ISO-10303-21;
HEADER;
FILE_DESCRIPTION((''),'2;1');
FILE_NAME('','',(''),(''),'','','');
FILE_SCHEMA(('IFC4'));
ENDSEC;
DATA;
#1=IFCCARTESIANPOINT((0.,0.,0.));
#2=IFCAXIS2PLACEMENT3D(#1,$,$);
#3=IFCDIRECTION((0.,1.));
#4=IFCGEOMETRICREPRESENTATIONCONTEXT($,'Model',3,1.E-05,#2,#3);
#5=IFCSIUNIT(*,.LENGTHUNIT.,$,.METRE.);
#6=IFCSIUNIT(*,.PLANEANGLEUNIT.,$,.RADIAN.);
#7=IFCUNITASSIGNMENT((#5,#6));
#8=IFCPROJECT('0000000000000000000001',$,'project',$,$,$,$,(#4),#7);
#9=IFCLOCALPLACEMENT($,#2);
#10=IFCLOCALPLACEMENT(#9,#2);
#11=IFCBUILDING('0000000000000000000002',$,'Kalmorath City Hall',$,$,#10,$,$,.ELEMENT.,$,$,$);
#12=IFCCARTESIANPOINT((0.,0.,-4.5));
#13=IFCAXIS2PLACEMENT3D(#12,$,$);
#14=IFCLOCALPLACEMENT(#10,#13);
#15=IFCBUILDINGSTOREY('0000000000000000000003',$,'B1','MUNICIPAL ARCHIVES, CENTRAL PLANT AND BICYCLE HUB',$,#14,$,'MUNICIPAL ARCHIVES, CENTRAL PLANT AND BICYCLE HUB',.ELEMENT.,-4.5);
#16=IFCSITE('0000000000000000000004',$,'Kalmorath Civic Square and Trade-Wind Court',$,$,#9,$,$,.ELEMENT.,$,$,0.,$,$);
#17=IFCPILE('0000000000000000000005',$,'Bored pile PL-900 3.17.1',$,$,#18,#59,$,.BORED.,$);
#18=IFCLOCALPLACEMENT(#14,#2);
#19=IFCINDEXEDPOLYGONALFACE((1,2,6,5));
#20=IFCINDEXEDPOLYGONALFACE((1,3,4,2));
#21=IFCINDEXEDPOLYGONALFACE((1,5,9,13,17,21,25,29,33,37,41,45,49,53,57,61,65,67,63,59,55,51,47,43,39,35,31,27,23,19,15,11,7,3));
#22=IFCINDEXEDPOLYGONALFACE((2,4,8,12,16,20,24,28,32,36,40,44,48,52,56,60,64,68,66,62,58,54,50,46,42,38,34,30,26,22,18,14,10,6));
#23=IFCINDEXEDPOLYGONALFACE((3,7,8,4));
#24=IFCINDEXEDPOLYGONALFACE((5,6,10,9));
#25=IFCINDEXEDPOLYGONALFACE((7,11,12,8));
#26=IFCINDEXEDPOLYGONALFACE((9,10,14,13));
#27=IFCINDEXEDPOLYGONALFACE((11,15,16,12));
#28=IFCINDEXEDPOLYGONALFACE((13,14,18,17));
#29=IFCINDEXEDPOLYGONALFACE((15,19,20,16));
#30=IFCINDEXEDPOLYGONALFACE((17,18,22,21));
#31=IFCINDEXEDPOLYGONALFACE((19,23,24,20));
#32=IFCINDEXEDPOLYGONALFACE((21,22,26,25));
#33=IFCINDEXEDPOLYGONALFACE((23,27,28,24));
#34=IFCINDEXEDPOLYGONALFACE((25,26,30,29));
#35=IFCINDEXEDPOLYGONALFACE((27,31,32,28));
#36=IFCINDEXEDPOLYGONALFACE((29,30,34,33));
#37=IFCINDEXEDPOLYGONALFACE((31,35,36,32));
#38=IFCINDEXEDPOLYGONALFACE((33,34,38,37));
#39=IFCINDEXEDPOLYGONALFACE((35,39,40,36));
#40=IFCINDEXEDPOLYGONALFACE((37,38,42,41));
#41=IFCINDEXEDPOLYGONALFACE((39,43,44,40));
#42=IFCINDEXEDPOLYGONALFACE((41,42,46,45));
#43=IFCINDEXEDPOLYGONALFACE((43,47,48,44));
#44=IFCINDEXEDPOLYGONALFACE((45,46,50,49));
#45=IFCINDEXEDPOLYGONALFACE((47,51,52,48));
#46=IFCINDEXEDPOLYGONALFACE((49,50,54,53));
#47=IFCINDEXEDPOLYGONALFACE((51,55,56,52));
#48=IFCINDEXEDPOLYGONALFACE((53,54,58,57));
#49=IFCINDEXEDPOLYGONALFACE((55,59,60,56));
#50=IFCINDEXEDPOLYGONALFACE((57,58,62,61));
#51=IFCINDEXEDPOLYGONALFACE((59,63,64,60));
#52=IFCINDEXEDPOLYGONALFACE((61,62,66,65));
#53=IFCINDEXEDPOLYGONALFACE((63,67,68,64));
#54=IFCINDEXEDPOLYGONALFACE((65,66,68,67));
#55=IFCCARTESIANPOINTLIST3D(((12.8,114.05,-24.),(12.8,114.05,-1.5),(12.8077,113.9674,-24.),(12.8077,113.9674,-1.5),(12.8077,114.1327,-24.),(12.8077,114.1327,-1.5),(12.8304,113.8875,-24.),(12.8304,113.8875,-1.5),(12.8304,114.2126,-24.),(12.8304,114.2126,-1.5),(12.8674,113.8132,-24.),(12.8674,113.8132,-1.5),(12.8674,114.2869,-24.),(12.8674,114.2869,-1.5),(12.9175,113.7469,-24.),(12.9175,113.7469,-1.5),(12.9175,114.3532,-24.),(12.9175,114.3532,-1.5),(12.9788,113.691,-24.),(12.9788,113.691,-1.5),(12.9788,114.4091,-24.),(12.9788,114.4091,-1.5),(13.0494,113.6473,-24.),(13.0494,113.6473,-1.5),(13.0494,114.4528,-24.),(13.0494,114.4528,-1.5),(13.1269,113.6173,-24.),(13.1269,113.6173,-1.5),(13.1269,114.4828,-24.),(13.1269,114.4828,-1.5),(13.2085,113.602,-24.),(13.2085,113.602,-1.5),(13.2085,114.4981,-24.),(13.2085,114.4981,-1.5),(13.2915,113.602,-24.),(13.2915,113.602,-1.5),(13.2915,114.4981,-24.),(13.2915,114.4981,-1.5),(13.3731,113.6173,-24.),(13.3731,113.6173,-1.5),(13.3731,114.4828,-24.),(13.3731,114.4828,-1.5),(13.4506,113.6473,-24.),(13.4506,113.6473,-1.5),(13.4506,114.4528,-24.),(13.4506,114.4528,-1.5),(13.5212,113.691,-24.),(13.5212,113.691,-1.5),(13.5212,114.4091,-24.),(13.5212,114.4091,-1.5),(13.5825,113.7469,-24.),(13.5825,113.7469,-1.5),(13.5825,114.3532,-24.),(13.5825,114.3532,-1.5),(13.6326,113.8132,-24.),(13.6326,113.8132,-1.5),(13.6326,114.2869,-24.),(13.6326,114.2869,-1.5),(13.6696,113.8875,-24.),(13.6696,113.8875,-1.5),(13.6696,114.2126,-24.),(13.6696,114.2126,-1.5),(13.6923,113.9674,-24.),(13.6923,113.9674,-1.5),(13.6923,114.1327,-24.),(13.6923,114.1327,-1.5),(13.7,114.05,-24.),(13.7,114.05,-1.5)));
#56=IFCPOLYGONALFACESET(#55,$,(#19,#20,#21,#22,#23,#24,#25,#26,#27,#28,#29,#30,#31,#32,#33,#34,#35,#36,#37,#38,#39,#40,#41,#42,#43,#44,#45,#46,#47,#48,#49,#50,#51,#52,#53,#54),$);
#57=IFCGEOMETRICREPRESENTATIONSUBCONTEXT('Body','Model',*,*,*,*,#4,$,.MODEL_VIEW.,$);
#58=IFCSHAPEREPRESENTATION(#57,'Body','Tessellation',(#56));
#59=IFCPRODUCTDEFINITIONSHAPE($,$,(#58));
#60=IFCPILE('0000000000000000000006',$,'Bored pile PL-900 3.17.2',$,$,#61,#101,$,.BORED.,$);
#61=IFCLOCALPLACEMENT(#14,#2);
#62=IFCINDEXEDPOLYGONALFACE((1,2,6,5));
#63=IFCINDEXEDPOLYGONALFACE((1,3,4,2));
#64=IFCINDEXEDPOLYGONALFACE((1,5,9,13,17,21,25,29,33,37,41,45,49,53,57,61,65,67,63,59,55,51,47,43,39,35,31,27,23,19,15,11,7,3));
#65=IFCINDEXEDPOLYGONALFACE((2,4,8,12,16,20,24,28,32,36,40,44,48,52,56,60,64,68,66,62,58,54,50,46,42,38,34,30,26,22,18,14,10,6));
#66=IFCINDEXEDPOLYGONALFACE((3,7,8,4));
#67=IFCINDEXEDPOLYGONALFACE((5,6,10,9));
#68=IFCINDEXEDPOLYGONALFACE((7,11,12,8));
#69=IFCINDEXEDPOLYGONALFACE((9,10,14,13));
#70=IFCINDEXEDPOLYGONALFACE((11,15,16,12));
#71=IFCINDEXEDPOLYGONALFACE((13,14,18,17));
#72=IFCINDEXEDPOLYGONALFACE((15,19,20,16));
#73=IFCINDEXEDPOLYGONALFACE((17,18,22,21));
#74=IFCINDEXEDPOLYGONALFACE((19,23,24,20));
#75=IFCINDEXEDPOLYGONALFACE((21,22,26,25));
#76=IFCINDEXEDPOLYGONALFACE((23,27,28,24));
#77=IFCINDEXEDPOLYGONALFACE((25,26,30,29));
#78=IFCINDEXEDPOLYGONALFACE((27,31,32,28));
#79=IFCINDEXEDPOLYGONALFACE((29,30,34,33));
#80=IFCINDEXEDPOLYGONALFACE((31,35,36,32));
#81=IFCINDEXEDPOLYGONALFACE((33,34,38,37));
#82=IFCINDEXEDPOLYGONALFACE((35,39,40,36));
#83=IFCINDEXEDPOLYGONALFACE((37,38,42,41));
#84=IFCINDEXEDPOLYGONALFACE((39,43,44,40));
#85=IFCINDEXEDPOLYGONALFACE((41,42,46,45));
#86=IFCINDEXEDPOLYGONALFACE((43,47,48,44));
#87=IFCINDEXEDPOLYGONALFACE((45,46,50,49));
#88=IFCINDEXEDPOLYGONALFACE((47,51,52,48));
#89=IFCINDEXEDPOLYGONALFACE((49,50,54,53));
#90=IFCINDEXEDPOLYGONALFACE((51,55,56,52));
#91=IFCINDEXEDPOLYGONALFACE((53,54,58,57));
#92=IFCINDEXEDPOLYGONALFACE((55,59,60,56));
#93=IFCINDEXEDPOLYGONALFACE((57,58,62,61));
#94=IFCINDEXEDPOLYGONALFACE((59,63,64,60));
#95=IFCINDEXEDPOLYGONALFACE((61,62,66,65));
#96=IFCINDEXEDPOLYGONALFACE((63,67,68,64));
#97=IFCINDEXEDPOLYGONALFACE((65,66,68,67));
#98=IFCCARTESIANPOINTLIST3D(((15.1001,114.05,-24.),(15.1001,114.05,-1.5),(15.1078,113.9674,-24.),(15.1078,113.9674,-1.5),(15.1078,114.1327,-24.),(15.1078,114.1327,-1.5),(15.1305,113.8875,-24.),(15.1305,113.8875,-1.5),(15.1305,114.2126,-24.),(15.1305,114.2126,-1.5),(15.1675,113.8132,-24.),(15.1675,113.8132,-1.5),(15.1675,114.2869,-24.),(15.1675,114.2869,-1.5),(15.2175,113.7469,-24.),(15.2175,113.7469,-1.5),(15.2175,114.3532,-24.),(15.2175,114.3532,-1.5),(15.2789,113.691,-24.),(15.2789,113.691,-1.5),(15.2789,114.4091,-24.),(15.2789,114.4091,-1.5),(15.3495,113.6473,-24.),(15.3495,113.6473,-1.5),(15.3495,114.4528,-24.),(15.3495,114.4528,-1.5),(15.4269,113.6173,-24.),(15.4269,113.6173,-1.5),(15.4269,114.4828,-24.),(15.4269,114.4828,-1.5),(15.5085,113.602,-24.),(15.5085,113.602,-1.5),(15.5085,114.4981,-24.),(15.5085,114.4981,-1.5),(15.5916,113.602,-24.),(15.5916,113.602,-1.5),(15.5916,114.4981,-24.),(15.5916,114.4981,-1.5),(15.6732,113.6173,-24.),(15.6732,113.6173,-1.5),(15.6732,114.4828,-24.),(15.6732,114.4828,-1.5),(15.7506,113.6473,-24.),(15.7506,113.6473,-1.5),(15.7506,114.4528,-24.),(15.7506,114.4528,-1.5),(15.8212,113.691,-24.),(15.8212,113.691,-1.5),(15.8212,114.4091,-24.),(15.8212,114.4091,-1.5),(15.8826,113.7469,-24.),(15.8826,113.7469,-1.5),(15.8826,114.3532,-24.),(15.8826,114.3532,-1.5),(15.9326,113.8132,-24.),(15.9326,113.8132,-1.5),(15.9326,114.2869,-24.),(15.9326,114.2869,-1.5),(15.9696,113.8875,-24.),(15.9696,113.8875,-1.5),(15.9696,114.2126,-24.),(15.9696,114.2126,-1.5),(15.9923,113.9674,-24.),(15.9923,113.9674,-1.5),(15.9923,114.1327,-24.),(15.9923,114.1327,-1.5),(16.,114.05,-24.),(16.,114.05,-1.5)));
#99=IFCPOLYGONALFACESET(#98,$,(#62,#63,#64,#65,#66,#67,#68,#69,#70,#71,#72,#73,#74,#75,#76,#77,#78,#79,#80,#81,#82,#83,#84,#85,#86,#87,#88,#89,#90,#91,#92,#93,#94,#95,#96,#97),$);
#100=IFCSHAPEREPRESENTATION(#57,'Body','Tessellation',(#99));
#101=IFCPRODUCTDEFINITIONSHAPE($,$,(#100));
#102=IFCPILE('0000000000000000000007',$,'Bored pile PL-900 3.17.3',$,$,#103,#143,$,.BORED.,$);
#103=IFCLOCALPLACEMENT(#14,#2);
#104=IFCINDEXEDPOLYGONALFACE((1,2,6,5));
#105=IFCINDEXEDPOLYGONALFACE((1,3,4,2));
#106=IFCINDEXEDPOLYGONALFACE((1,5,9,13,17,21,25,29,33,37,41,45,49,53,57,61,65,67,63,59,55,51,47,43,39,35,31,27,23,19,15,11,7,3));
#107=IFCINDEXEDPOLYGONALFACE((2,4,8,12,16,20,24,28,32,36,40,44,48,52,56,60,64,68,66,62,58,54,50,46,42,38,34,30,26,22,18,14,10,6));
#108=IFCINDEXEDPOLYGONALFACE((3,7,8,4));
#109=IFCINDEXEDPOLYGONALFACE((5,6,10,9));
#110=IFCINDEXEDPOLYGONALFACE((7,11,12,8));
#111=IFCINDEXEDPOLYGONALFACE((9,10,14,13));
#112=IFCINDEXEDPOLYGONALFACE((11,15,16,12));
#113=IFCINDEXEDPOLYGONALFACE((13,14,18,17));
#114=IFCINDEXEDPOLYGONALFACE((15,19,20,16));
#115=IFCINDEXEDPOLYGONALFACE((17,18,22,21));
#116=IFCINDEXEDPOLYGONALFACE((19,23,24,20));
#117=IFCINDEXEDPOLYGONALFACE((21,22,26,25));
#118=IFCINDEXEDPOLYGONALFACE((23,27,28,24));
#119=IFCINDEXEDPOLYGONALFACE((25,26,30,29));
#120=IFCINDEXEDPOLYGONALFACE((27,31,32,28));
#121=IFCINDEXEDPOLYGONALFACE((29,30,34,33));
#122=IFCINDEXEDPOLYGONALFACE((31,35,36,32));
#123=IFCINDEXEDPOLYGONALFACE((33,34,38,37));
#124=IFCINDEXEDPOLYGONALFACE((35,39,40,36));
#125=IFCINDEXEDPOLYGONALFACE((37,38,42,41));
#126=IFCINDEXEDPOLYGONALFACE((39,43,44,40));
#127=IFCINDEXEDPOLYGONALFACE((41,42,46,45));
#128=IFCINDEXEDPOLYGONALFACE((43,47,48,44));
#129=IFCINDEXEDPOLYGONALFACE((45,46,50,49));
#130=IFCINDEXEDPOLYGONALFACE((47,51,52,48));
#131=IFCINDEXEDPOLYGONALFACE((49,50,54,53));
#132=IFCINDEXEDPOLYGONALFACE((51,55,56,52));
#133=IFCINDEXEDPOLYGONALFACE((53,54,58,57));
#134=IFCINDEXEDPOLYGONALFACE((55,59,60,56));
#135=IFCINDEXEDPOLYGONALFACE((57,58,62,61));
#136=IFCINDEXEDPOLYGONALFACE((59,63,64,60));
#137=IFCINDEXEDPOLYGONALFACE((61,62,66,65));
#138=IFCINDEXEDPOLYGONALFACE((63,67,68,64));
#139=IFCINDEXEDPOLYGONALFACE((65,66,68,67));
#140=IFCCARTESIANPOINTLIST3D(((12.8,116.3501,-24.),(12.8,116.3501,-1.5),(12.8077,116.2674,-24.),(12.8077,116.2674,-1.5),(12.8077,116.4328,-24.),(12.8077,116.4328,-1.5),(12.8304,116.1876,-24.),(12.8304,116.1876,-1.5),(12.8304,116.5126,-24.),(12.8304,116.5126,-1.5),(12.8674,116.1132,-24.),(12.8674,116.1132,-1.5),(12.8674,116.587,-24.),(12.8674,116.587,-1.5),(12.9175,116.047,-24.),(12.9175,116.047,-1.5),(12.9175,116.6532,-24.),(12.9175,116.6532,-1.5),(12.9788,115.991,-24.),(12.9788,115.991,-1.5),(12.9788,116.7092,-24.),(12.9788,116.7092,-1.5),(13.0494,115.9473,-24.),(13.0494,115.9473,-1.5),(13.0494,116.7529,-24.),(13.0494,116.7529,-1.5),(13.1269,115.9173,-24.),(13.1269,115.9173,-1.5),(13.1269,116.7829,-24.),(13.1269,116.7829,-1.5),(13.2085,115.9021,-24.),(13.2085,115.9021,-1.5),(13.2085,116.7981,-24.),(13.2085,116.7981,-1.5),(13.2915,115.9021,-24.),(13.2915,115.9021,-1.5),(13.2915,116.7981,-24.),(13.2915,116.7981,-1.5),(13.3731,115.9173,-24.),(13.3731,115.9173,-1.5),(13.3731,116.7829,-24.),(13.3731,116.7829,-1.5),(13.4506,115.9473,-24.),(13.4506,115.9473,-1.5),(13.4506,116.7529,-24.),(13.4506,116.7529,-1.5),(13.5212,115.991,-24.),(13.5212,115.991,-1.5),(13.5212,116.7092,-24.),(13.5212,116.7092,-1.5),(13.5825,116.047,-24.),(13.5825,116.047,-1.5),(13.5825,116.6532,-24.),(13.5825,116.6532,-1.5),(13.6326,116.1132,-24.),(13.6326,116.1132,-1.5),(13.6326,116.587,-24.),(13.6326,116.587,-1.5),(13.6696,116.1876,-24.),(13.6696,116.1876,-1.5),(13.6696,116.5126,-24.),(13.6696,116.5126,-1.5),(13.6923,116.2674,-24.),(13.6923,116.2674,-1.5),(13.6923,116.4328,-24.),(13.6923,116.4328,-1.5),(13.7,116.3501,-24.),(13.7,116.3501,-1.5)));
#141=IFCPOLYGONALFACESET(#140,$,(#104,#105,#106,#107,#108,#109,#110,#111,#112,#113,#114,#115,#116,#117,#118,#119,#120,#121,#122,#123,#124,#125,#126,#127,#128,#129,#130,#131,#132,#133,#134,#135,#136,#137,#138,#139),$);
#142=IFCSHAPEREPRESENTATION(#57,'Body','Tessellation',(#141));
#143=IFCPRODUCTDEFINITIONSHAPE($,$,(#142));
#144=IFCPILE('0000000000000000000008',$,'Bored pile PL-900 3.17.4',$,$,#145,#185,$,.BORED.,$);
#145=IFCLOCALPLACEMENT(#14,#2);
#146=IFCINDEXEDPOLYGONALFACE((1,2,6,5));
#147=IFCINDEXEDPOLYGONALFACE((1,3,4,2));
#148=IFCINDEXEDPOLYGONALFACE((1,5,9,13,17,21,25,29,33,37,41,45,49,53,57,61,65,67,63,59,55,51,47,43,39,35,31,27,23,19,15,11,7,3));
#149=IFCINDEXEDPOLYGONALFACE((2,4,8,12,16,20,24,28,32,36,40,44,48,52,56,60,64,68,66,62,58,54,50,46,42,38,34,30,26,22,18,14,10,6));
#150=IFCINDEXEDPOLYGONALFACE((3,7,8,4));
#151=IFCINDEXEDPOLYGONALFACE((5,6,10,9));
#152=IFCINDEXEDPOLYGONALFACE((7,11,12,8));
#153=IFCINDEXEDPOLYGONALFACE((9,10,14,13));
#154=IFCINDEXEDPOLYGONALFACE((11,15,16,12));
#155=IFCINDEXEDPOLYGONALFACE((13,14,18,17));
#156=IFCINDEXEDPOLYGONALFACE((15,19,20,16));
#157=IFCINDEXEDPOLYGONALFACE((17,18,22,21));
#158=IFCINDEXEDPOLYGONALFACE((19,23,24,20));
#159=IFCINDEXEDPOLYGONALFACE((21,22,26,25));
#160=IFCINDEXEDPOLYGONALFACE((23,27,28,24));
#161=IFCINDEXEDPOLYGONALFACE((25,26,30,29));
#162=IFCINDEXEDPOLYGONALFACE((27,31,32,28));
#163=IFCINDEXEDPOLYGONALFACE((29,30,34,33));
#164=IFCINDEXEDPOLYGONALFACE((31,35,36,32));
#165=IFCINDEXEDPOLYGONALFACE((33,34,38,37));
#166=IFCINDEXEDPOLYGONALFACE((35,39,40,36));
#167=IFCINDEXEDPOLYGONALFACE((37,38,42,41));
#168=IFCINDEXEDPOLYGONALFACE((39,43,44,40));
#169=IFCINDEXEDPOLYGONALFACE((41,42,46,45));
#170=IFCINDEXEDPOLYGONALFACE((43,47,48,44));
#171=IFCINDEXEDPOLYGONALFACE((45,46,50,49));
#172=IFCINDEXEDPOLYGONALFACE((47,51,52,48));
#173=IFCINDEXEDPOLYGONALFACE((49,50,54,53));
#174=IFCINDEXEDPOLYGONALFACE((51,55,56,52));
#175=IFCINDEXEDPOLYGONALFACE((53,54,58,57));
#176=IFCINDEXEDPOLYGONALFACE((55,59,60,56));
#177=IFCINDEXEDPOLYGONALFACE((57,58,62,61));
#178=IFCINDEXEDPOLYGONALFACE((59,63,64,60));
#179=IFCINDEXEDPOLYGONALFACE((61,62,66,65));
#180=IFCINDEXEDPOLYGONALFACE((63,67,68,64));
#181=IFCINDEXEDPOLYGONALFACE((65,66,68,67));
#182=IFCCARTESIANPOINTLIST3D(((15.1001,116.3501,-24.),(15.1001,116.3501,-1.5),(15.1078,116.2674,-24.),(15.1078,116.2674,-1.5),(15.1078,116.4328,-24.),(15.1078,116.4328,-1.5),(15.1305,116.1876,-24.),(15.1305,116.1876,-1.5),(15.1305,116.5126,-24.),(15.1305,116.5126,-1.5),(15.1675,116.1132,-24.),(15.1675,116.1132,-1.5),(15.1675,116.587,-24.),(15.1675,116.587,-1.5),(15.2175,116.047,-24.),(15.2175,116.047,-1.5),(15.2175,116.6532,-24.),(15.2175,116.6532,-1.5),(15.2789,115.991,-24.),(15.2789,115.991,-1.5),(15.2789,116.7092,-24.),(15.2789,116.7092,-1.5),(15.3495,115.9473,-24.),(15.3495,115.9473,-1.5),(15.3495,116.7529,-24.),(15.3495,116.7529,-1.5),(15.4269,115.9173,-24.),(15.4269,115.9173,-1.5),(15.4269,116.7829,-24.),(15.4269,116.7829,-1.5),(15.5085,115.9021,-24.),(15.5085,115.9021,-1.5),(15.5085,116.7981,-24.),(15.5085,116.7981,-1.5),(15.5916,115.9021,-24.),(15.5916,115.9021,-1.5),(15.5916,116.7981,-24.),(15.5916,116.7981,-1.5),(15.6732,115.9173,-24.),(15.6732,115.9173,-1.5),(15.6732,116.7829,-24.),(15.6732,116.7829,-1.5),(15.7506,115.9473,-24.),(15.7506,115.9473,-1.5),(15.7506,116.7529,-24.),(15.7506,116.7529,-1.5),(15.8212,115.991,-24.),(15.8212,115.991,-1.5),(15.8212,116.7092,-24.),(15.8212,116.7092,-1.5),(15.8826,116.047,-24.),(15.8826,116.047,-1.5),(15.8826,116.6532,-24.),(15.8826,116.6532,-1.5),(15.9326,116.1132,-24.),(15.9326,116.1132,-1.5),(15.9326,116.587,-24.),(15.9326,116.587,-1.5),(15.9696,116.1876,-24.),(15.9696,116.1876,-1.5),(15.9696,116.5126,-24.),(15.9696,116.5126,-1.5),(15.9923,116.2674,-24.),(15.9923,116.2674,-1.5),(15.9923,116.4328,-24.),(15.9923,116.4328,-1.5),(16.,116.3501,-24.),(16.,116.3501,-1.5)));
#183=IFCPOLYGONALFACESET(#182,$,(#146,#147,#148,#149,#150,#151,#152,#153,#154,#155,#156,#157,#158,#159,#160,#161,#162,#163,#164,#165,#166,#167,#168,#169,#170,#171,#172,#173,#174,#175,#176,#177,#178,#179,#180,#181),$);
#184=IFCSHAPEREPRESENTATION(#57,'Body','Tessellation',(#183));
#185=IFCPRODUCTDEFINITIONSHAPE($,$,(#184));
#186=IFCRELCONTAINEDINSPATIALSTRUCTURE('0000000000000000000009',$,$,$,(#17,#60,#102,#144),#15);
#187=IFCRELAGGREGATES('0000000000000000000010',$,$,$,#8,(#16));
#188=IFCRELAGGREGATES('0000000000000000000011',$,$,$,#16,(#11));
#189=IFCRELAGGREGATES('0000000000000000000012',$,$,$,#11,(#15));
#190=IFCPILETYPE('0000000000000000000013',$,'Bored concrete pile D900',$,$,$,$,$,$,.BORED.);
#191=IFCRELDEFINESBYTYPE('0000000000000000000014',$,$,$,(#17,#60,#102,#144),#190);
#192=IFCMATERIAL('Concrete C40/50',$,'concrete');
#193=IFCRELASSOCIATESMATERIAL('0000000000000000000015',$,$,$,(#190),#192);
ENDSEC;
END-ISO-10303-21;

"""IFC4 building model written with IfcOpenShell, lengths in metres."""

from ifc_helpers import new_model, si_unit, direction, frame, origin, origin_2d, place, context, subcontext, project, spatial, circle, extrude, material, material_profile, profile_set, type_object, element, save


model = new_model("IFC4")

# Units and contexts
model_context = context("Model", 3, precision=1e-05, world=origin(), true_north=direction((0.0, 1.0)))
body_context = subcontext(model_context, "Body", "Model", "MODEL_VIEW")
ifc_project = project(units=[si_unit("LENGTHUNIT", "METRE"), si_unit("PLANEANGLEUNIT", "RADIAN")], contexts=[model_context])

# Site, building, storey
site_placement = place(None, origin())
site = spatial("IfcSite", under=ifc_project, at=site_placement, Name="Kalmorath Civic Square and Trade-Wind Court", CompositionType="ELEMENT", RefElevation=0.0)
building_placement = place(site_placement, origin())
building = spatial("IfcBuilding", under=site, at=building_placement, Name="Kalmorath City Hall", CompositionType="ELEMENT")
storey_placement = place(building_placement, frame((0.0, 0.0, -4.5)))
storey = spatial("IfcBuildingStorey", under=building, at=storey_placement, Name="B1", Description="MUNICIPAL ARCHIVES, CENTRAL PLANT AND BICYCLE HUB", LongName="MUNICIPAL ARCHIVES, CENTRAL PLANT AND BICYCLE HUB", CompositionType="ELEMENT", Elevation=-4.5)

# Piles
ifc_material_1 = material(Name="Concrete C40/50", Category="concrete")
ifc_material_profile_1 = material_profile(ifc_material_1, circle(Radius=0.45, at=origin_2d()), Name="PILE-D900")
ifc_profile_set_1 = profile_set([ifc_material_profile_1], Name="Concrete C40/50")
pile_type = type_object("IfcPileType", Name="Bored concrete pile D900", PredefinedType="BORED", material=ifc_profile_set_1)
for number, where, z_axis, x_axis, name in (
    (1, (13.25, 114.05, -1.5), (0.0, 0.0, -1.0), (1.0, 0.0, 0.0), "Bored pile PL-900 3.17.1"),
    (2, (15.55, 114.05, -1.5), (0.0, 0.0, -1.0), (1.0, 0.0, 0.0), "Bored pile PL-900 3.17.2"),
    (3, (13.25, 116.3501, -1.5), (0.0, 0.0, -1.0), (1.0, 0.0, 0.0), "Bored pile PL-900 3.17.3"),
    (4, (15.55, 116.3501, -1.5), (0.0, 0.0, -1.0), (1.0, 0.0, 0.0), "Bored pile PL-900 3.17.4"),
):
    element("IfcPile", number, at=place(storey_placement, frame(where, z_axis=z_axis, x_axis=x_axis)), inside=storey, type_object=pile_type, Name=name, PredefinedType="BORED", context=body_context, shape_type="SweptSolid", body=[
        extrude(circle(Radius=0.45, at=origin_2d()), origin(), (0.0, 0.0, 1.0), 22.5),
    ])

save(model, "model.ifc")
